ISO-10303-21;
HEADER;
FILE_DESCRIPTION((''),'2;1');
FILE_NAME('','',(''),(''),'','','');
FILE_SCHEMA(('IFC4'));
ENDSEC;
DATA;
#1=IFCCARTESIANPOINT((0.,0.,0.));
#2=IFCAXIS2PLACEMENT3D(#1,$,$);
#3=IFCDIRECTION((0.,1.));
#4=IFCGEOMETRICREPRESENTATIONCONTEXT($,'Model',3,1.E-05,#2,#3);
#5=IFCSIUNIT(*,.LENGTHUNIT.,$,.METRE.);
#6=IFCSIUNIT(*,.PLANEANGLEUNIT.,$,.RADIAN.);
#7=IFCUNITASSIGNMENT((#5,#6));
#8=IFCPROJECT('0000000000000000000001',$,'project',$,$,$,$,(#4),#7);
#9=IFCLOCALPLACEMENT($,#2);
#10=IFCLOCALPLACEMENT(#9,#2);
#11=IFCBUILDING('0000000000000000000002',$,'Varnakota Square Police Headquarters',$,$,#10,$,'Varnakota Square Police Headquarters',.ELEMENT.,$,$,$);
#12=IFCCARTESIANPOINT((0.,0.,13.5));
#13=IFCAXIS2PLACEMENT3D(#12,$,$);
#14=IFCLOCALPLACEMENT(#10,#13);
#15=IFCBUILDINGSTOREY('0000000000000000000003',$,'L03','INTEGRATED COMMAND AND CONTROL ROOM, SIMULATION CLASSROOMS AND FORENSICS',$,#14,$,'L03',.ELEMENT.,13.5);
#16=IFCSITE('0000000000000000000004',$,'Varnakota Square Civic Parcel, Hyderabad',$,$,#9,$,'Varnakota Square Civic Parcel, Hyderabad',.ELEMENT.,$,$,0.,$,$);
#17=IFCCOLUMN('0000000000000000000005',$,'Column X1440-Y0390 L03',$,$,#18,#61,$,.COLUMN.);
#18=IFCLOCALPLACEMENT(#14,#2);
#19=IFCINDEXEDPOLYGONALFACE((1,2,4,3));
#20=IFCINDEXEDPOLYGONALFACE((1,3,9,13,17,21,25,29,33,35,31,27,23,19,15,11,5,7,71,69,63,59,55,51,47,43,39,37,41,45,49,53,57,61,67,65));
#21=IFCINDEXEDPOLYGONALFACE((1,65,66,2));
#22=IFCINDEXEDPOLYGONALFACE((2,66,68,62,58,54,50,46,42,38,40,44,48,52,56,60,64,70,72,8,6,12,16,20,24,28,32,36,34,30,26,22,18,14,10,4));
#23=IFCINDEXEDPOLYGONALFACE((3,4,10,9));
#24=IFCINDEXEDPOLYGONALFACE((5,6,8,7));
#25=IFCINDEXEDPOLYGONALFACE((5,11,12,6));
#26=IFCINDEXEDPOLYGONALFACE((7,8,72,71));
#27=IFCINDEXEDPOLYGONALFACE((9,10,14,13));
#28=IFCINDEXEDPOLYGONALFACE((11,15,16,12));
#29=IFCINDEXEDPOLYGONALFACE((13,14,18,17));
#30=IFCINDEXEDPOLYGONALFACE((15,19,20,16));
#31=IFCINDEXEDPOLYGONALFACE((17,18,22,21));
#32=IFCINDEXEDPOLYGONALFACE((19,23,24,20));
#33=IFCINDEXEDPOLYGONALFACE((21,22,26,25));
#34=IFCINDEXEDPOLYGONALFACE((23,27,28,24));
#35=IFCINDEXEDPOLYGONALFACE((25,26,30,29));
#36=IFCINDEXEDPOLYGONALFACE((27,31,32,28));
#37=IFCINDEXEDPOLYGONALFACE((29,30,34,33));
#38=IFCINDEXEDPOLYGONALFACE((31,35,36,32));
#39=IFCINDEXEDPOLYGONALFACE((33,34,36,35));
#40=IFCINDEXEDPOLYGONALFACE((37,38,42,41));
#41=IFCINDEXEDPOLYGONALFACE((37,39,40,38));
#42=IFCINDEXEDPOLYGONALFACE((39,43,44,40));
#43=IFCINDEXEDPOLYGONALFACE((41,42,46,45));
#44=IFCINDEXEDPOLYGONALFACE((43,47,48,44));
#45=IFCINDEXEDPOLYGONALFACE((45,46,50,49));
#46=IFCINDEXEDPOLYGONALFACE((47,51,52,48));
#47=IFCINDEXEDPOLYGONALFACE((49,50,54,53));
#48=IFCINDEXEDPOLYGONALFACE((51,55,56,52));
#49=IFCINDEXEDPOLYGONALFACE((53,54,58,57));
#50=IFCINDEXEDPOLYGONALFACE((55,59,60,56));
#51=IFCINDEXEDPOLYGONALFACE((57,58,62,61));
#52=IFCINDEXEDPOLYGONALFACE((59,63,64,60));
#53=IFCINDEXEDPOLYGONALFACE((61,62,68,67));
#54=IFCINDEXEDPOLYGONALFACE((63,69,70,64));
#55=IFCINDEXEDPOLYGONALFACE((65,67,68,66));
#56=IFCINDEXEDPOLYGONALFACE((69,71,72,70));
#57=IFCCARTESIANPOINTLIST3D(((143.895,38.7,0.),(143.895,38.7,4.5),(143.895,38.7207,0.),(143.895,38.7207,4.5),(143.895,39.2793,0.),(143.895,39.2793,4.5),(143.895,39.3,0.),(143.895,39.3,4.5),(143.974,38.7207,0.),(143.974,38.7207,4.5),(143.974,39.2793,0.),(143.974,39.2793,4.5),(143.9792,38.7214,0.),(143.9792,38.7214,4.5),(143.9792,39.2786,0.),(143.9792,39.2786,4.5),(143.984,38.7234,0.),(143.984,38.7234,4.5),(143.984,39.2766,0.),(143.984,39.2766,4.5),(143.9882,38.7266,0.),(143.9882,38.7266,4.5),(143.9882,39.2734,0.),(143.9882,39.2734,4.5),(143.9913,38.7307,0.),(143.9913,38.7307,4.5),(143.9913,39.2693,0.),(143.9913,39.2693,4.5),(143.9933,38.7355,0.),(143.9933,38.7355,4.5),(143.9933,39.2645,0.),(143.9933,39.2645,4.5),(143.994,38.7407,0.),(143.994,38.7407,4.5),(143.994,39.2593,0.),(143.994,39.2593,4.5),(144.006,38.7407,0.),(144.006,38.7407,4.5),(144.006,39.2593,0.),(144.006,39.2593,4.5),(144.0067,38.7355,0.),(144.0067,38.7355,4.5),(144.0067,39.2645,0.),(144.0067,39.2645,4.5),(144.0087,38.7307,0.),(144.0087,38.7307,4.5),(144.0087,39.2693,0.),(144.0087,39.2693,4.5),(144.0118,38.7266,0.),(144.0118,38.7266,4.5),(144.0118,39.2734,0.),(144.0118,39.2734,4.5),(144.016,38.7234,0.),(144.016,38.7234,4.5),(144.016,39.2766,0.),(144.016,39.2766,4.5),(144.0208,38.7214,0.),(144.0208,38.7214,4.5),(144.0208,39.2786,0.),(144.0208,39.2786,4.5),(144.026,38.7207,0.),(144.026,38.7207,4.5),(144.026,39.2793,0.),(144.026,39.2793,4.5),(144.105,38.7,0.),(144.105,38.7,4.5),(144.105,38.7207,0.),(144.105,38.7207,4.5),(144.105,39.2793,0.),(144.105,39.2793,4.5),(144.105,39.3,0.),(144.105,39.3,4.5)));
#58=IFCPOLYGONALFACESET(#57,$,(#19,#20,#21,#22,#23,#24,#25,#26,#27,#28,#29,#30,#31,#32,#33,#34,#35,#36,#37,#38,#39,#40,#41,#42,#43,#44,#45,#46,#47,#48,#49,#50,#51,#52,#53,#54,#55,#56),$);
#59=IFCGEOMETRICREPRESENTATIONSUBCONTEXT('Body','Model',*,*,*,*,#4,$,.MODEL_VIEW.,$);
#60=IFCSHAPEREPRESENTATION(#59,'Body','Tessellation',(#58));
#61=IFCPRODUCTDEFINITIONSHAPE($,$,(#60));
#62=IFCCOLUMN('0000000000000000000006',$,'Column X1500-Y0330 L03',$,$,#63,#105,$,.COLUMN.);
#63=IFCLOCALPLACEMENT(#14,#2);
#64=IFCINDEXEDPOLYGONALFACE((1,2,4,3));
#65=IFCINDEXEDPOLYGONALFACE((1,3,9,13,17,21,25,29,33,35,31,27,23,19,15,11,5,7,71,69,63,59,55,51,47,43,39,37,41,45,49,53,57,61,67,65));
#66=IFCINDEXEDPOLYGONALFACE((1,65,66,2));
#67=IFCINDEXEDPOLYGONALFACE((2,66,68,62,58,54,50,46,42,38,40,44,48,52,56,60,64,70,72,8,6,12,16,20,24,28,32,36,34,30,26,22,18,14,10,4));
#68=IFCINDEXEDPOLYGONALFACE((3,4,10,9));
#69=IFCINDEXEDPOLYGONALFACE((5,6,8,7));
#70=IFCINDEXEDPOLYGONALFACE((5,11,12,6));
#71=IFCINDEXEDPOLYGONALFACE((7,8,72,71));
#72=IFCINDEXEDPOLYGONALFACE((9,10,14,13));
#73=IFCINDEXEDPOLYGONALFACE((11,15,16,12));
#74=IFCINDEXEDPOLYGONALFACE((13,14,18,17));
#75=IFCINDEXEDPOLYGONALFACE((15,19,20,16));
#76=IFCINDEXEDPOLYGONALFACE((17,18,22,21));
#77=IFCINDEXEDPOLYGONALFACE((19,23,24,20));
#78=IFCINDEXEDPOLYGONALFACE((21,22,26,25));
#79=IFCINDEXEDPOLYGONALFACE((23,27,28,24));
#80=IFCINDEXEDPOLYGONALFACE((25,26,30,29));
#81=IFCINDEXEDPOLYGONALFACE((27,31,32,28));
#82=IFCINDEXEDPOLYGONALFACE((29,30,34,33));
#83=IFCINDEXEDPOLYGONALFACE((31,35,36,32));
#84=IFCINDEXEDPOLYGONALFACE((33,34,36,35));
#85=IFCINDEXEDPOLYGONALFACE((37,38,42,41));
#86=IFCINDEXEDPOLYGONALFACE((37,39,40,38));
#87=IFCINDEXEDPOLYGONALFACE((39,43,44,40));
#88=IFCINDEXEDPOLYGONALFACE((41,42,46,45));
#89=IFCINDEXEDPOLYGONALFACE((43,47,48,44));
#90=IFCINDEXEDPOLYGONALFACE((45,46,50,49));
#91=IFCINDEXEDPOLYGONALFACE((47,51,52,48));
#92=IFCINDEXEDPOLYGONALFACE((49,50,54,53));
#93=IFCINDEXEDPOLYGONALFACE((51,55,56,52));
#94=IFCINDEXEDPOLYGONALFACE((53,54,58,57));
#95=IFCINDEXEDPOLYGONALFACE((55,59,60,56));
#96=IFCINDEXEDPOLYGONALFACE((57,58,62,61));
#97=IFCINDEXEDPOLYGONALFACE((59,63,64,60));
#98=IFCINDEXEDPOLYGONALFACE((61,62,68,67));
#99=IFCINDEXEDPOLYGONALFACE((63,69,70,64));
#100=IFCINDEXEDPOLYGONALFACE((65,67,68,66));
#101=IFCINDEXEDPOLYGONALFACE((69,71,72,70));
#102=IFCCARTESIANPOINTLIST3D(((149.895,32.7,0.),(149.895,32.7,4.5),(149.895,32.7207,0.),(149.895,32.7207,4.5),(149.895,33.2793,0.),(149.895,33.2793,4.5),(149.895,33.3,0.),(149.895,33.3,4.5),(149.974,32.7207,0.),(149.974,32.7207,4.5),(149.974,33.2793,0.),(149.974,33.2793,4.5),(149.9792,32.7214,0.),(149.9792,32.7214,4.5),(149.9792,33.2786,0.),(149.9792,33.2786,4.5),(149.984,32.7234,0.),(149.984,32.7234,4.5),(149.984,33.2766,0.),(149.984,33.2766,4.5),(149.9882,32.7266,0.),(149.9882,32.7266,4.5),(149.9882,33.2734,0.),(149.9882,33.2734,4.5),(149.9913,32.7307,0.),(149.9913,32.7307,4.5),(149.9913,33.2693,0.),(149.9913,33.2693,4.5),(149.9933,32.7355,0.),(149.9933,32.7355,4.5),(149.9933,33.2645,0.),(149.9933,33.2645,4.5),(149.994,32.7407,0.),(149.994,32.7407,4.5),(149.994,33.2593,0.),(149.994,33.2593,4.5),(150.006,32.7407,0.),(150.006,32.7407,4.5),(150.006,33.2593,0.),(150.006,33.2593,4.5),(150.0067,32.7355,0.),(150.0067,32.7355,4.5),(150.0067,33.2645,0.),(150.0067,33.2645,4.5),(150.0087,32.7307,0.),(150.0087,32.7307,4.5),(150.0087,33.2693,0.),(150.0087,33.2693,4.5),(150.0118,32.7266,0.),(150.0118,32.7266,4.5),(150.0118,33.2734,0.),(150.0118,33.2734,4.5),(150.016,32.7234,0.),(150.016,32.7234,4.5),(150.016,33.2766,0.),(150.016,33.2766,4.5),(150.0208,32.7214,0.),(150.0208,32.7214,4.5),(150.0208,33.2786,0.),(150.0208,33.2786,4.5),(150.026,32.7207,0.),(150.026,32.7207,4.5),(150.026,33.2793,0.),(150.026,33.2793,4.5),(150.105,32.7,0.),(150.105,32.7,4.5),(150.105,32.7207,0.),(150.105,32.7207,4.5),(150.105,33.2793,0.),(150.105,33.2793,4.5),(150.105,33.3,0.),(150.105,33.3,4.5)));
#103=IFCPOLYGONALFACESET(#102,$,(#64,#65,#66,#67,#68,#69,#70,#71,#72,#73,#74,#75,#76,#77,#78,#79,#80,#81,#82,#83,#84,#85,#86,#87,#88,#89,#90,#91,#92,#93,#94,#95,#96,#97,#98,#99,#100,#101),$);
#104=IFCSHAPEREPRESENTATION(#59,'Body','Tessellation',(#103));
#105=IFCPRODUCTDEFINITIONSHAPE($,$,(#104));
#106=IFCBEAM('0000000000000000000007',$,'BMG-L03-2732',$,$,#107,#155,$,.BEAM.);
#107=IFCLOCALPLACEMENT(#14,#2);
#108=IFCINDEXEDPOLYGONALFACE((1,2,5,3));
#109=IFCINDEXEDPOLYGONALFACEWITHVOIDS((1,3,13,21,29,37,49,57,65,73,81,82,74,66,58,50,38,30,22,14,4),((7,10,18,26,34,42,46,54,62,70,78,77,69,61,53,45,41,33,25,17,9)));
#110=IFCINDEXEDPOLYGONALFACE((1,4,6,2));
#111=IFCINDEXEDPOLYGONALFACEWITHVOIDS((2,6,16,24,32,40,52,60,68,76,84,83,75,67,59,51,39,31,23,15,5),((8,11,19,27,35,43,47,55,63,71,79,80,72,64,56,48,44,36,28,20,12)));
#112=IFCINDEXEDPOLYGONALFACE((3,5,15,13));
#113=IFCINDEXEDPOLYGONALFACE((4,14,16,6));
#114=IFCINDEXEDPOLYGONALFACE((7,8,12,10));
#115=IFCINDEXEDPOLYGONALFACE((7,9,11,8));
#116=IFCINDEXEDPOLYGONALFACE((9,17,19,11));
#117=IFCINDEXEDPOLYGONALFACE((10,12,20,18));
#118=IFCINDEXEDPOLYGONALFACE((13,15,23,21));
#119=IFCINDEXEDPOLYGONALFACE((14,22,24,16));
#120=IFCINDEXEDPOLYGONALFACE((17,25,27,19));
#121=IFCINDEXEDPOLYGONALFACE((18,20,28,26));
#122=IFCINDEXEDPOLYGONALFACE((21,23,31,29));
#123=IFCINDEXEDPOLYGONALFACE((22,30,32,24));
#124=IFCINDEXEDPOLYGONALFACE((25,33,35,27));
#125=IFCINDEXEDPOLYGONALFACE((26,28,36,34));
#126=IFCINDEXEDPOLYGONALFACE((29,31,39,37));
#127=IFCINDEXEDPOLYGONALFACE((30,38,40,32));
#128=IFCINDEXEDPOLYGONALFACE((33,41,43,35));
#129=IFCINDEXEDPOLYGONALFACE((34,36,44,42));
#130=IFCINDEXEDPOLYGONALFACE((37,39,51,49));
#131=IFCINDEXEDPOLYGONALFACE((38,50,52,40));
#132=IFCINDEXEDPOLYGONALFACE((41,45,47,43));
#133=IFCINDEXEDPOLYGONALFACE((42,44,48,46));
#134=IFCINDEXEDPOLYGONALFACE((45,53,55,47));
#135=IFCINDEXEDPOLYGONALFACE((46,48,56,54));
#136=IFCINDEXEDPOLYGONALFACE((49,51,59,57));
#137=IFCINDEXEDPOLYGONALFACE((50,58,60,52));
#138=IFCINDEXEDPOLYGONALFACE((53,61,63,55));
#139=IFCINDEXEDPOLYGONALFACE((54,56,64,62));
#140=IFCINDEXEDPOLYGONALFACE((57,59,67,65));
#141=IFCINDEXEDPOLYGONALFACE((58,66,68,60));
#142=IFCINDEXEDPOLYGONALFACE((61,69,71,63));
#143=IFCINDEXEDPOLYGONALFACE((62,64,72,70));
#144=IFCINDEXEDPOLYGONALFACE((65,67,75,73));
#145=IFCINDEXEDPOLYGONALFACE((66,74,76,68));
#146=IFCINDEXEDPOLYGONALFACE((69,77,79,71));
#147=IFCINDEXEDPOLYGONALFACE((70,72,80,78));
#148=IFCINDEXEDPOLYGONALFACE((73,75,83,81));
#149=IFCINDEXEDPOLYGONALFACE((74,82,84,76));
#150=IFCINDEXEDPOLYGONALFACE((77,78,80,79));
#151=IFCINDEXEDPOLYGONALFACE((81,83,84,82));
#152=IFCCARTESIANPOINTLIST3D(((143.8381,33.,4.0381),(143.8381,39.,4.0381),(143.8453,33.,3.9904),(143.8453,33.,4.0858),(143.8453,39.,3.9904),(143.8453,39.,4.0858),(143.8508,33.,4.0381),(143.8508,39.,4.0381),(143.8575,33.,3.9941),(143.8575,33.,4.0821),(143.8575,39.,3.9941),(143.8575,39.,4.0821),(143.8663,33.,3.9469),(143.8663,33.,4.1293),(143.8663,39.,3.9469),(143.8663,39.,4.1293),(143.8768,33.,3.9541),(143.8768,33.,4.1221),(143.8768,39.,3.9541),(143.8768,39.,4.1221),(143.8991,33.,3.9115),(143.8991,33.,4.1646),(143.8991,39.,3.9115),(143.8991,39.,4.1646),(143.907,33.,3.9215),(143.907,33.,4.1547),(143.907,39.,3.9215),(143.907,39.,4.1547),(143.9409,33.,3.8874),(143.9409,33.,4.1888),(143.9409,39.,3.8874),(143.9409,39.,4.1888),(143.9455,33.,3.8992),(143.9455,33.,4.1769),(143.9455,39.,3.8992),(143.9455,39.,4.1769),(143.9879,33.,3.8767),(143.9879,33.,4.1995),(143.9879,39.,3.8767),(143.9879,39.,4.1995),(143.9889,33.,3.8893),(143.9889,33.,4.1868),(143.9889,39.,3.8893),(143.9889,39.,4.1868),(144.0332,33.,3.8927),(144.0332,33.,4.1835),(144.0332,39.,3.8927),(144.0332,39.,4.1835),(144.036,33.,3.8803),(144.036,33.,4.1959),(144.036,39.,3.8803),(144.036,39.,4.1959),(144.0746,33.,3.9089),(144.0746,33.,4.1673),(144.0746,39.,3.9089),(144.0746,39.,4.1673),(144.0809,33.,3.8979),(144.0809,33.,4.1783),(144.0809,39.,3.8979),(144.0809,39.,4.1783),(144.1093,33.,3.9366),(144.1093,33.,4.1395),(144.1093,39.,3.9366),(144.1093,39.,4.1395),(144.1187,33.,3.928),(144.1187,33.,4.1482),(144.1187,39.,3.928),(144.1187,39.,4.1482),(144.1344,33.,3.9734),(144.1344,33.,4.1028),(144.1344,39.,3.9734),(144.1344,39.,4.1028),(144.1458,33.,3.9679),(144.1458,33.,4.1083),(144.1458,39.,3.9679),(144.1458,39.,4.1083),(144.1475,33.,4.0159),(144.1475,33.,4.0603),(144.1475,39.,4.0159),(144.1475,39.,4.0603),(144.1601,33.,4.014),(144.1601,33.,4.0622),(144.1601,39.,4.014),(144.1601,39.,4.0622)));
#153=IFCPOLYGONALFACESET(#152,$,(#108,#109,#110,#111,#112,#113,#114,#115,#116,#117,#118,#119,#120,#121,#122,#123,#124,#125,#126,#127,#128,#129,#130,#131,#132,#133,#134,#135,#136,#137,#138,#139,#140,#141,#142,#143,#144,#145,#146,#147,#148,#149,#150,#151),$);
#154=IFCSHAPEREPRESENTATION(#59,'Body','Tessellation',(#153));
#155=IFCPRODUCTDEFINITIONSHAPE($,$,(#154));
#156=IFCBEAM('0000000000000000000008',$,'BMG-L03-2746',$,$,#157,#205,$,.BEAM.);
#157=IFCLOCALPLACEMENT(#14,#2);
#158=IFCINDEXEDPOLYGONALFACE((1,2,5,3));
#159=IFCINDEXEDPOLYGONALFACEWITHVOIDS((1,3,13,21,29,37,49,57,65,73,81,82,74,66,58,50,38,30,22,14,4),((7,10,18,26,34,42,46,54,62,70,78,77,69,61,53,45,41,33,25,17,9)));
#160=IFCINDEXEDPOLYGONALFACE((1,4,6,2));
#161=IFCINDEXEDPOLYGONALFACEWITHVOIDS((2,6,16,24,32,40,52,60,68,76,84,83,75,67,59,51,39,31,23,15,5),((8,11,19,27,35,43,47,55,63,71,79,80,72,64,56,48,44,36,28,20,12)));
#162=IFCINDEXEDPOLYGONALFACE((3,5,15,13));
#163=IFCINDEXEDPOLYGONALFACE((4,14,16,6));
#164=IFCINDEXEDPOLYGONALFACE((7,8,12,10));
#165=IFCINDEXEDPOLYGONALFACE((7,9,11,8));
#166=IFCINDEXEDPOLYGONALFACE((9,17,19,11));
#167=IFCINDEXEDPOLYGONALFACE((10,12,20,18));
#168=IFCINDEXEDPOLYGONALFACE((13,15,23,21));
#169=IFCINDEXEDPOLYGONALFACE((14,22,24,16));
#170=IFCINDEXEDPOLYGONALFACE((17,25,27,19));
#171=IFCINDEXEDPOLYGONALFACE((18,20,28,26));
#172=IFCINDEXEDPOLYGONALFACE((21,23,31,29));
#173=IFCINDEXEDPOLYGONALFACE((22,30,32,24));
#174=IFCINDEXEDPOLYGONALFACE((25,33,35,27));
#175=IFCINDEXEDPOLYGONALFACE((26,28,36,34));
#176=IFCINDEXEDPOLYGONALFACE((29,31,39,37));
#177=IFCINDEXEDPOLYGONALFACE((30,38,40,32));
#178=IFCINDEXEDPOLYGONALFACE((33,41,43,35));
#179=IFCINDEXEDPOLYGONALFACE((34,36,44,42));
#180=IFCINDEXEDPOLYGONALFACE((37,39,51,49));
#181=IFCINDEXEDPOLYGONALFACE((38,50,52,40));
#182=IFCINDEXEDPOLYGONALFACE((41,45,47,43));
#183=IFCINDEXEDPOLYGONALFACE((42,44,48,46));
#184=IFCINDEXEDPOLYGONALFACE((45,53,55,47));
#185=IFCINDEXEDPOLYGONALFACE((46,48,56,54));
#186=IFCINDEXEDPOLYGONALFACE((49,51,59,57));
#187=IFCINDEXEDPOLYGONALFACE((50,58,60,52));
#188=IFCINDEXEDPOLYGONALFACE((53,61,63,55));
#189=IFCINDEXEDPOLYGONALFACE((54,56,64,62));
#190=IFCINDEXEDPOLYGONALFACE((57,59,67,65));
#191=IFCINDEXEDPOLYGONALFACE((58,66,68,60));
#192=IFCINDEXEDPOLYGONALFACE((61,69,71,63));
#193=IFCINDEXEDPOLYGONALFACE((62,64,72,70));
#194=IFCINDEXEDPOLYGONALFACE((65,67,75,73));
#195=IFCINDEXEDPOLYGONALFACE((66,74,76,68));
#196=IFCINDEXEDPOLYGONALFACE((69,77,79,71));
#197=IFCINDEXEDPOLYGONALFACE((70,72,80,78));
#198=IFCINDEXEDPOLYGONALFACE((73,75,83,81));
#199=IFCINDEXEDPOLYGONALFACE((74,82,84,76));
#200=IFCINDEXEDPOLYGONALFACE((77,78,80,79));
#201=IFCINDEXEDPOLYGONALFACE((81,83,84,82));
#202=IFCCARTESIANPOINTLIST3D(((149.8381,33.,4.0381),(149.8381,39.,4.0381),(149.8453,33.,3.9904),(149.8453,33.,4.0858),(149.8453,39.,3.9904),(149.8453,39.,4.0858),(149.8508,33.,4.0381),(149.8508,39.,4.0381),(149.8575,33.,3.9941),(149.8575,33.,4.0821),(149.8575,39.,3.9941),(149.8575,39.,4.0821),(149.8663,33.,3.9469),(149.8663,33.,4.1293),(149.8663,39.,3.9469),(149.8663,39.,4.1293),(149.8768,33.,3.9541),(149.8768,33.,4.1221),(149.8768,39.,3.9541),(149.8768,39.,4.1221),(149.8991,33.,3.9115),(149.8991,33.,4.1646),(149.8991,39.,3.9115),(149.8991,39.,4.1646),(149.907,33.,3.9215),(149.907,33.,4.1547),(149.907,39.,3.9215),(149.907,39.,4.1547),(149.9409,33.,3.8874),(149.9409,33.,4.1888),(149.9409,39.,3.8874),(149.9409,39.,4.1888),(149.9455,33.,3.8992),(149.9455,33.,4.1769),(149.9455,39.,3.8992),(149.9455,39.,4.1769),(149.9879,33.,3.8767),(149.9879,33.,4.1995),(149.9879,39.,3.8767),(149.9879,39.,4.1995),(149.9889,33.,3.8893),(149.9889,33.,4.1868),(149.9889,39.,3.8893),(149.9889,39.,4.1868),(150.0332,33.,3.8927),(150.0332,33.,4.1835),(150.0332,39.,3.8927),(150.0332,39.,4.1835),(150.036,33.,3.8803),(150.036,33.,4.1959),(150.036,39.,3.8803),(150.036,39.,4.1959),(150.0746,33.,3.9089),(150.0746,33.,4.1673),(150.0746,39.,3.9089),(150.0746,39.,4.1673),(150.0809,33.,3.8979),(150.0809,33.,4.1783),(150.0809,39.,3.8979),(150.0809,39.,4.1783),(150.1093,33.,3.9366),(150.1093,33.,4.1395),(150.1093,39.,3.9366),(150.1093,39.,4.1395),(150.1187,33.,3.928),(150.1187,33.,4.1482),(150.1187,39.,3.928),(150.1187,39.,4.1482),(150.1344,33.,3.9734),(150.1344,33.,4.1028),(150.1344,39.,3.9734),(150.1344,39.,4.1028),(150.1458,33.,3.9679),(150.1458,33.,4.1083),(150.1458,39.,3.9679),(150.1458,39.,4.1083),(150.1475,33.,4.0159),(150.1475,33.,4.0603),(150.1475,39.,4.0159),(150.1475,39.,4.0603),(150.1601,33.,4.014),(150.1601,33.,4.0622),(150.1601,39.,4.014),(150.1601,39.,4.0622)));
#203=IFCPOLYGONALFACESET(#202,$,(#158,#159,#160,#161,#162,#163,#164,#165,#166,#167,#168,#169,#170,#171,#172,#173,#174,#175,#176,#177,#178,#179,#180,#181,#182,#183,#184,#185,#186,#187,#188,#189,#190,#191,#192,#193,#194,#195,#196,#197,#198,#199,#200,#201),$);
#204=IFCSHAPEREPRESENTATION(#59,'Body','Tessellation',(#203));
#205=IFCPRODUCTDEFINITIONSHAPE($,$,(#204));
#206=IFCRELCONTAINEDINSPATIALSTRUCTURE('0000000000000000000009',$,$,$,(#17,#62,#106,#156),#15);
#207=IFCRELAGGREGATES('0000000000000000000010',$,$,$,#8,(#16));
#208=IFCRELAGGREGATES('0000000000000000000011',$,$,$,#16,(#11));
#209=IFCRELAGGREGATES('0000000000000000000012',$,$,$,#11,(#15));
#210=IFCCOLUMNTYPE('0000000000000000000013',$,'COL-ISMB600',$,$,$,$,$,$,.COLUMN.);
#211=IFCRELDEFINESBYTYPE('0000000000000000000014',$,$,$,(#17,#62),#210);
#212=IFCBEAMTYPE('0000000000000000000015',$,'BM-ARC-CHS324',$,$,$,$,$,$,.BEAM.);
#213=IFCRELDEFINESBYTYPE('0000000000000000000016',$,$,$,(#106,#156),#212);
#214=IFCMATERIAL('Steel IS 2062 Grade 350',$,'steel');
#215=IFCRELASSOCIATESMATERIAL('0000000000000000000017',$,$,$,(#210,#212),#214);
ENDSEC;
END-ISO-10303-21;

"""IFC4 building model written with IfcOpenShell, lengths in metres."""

from ifc_helpers import new_model, si_unit, direction, frame, origin, origin_2d, place, context, subcontext, project, spatial, hollow_circle, i_section, extrude, material, material_profile, profile_set, type_object, element, save


model = new_model("IFC4")

# Units and contexts
model_context = context("Model", 3, precision=1e-05, world=origin(), true_north=direction((0.0, 1.0)))
body_context = subcontext(model_context, "Body", "Model", "MODEL_VIEW")
ifc_project = project(units=[si_unit("LENGTHUNIT", "METRE"), si_unit("PLANEANGLEUNIT", "RADIAN")], contexts=[model_context])

# Site, building, storey
site_placement = place(None, origin())
site = spatial("IfcSite", under=ifc_project, at=site_placement, Name="Varnakota Square Civic Parcel, Hyderabad", LongName="Varnakota Square Civic Parcel, Hyderabad", CompositionType="ELEMENT", RefElevation=0.0)
building_placement = place(site_placement, origin())
building = spatial("IfcBuilding", under=site, at=building_placement, Name="Varnakota Square Police Headquarters", LongName="Varnakota Square Police Headquarters", CompositionType="ELEMENT")
storey_placement = place(building_placement, frame((0.0, 0.0, 13.5)))
storey = spatial("IfcBuildingStorey", under=building, at=storey_placement, Name="L03", Description="INTEGRATED COMMAND AND CONTROL ROOM, SIMULATION CLASSROOMS AND FORENSICS", LongName="L03", CompositionType="ELEMENT", Elevation=13.5)

# Columns
ifc_material_1 = material(Name="Steel IS 2062 Grade 350", Category="steel")
ifc_material_profile_1 = material_profile(ifc_material_1, i_section(OverallWidth=0.21, OverallDepth=0.6001, WebThickness=0.012, FlangeThickness=0.0208, FilletRadius=0.02, at=origin_2d()), Name="ISMB 600")
ifc_profile_set_1 = profile_set([ifc_material_profile_1], Name="Steel IS 2062 Grade 350")
column_type_1 = type_object("IfcColumnType", Name="COL-ISMB600", PredefinedType="COLUMN", material=ifc_profile_set_1)
for number, where, z_axis, x_axis, name in (
    (1, (144.0, 39.0, 0.0), (0.0, 0.0, 1.0), (1.0, 0.0, 0.0), "Column X1440-Y0390 L03"),
    (2, (150.0, 33.0, 0.0), (0.0, 0.0, 1.0), (1.0, 0.0, 0.0), "Column X1500-Y0330 L03"),
):
    element("IfcColumn", number, at=place(storey_placement, frame(where, z_axis=z_axis, x_axis=x_axis)), inside=storey, type_object=column_type_1, Name=name, PredefinedType="COLUMN", context=body_context, shape_type="SweptSolid", body=[
        extrude(i_section(OverallWidth=0.21, OverallDepth=0.6001, WebThickness=0.012, FlangeThickness=0.0208, FilletRadius=0.02, at=origin_2d()), origin(), (0.0, 0.0, 1.0), 4.5),
    ])

# Beams
ifc_material_profile_2 = material_profile(ifc_material_1, hollow_circle(Radius=0.1619, WallThickness=0.0127, at=origin_2d()), Name="CHS 323.9x12.7")
ifc_profile_set_2 = profile_set([ifc_material_profile_2], Name="Steel IS 2062 Grade 350")
beam_type_1 = type_object("IfcBeamType", Name="BM-ARC-CHS324", PredefinedType="BEAM", material=ifc_profile_set_2)
for number, where, z_axis, x_axis, name in (
    (3, (144.0, 33.0, 4.0381), (0.0, 1.0, 0.0), (-1.0, 0.0, 0.0), "BMG-L03-2732"),
    (4, (150.0, 33.0, 4.0381), (0.0, 1.0, 0.0), (-1.0, 0.0, 0.0), "BMG-L03-2746"),
):
    element("IfcBeam", number, at=place(storey_placement, frame(where, z_axis=z_axis, x_axis=x_axis)), inside=storey, type_object=beam_type_1, Name=name, PredefinedType="BEAM", context=body_context, shape_type="SweptSolid", body=[
        extrude(hollow_circle(Radius=0.1619, WallThickness=0.0127, at=origin_2d()), origin(), (0.0, 0.0, 1.0), 6.0),
    ])

save(model, "model.ifc")
